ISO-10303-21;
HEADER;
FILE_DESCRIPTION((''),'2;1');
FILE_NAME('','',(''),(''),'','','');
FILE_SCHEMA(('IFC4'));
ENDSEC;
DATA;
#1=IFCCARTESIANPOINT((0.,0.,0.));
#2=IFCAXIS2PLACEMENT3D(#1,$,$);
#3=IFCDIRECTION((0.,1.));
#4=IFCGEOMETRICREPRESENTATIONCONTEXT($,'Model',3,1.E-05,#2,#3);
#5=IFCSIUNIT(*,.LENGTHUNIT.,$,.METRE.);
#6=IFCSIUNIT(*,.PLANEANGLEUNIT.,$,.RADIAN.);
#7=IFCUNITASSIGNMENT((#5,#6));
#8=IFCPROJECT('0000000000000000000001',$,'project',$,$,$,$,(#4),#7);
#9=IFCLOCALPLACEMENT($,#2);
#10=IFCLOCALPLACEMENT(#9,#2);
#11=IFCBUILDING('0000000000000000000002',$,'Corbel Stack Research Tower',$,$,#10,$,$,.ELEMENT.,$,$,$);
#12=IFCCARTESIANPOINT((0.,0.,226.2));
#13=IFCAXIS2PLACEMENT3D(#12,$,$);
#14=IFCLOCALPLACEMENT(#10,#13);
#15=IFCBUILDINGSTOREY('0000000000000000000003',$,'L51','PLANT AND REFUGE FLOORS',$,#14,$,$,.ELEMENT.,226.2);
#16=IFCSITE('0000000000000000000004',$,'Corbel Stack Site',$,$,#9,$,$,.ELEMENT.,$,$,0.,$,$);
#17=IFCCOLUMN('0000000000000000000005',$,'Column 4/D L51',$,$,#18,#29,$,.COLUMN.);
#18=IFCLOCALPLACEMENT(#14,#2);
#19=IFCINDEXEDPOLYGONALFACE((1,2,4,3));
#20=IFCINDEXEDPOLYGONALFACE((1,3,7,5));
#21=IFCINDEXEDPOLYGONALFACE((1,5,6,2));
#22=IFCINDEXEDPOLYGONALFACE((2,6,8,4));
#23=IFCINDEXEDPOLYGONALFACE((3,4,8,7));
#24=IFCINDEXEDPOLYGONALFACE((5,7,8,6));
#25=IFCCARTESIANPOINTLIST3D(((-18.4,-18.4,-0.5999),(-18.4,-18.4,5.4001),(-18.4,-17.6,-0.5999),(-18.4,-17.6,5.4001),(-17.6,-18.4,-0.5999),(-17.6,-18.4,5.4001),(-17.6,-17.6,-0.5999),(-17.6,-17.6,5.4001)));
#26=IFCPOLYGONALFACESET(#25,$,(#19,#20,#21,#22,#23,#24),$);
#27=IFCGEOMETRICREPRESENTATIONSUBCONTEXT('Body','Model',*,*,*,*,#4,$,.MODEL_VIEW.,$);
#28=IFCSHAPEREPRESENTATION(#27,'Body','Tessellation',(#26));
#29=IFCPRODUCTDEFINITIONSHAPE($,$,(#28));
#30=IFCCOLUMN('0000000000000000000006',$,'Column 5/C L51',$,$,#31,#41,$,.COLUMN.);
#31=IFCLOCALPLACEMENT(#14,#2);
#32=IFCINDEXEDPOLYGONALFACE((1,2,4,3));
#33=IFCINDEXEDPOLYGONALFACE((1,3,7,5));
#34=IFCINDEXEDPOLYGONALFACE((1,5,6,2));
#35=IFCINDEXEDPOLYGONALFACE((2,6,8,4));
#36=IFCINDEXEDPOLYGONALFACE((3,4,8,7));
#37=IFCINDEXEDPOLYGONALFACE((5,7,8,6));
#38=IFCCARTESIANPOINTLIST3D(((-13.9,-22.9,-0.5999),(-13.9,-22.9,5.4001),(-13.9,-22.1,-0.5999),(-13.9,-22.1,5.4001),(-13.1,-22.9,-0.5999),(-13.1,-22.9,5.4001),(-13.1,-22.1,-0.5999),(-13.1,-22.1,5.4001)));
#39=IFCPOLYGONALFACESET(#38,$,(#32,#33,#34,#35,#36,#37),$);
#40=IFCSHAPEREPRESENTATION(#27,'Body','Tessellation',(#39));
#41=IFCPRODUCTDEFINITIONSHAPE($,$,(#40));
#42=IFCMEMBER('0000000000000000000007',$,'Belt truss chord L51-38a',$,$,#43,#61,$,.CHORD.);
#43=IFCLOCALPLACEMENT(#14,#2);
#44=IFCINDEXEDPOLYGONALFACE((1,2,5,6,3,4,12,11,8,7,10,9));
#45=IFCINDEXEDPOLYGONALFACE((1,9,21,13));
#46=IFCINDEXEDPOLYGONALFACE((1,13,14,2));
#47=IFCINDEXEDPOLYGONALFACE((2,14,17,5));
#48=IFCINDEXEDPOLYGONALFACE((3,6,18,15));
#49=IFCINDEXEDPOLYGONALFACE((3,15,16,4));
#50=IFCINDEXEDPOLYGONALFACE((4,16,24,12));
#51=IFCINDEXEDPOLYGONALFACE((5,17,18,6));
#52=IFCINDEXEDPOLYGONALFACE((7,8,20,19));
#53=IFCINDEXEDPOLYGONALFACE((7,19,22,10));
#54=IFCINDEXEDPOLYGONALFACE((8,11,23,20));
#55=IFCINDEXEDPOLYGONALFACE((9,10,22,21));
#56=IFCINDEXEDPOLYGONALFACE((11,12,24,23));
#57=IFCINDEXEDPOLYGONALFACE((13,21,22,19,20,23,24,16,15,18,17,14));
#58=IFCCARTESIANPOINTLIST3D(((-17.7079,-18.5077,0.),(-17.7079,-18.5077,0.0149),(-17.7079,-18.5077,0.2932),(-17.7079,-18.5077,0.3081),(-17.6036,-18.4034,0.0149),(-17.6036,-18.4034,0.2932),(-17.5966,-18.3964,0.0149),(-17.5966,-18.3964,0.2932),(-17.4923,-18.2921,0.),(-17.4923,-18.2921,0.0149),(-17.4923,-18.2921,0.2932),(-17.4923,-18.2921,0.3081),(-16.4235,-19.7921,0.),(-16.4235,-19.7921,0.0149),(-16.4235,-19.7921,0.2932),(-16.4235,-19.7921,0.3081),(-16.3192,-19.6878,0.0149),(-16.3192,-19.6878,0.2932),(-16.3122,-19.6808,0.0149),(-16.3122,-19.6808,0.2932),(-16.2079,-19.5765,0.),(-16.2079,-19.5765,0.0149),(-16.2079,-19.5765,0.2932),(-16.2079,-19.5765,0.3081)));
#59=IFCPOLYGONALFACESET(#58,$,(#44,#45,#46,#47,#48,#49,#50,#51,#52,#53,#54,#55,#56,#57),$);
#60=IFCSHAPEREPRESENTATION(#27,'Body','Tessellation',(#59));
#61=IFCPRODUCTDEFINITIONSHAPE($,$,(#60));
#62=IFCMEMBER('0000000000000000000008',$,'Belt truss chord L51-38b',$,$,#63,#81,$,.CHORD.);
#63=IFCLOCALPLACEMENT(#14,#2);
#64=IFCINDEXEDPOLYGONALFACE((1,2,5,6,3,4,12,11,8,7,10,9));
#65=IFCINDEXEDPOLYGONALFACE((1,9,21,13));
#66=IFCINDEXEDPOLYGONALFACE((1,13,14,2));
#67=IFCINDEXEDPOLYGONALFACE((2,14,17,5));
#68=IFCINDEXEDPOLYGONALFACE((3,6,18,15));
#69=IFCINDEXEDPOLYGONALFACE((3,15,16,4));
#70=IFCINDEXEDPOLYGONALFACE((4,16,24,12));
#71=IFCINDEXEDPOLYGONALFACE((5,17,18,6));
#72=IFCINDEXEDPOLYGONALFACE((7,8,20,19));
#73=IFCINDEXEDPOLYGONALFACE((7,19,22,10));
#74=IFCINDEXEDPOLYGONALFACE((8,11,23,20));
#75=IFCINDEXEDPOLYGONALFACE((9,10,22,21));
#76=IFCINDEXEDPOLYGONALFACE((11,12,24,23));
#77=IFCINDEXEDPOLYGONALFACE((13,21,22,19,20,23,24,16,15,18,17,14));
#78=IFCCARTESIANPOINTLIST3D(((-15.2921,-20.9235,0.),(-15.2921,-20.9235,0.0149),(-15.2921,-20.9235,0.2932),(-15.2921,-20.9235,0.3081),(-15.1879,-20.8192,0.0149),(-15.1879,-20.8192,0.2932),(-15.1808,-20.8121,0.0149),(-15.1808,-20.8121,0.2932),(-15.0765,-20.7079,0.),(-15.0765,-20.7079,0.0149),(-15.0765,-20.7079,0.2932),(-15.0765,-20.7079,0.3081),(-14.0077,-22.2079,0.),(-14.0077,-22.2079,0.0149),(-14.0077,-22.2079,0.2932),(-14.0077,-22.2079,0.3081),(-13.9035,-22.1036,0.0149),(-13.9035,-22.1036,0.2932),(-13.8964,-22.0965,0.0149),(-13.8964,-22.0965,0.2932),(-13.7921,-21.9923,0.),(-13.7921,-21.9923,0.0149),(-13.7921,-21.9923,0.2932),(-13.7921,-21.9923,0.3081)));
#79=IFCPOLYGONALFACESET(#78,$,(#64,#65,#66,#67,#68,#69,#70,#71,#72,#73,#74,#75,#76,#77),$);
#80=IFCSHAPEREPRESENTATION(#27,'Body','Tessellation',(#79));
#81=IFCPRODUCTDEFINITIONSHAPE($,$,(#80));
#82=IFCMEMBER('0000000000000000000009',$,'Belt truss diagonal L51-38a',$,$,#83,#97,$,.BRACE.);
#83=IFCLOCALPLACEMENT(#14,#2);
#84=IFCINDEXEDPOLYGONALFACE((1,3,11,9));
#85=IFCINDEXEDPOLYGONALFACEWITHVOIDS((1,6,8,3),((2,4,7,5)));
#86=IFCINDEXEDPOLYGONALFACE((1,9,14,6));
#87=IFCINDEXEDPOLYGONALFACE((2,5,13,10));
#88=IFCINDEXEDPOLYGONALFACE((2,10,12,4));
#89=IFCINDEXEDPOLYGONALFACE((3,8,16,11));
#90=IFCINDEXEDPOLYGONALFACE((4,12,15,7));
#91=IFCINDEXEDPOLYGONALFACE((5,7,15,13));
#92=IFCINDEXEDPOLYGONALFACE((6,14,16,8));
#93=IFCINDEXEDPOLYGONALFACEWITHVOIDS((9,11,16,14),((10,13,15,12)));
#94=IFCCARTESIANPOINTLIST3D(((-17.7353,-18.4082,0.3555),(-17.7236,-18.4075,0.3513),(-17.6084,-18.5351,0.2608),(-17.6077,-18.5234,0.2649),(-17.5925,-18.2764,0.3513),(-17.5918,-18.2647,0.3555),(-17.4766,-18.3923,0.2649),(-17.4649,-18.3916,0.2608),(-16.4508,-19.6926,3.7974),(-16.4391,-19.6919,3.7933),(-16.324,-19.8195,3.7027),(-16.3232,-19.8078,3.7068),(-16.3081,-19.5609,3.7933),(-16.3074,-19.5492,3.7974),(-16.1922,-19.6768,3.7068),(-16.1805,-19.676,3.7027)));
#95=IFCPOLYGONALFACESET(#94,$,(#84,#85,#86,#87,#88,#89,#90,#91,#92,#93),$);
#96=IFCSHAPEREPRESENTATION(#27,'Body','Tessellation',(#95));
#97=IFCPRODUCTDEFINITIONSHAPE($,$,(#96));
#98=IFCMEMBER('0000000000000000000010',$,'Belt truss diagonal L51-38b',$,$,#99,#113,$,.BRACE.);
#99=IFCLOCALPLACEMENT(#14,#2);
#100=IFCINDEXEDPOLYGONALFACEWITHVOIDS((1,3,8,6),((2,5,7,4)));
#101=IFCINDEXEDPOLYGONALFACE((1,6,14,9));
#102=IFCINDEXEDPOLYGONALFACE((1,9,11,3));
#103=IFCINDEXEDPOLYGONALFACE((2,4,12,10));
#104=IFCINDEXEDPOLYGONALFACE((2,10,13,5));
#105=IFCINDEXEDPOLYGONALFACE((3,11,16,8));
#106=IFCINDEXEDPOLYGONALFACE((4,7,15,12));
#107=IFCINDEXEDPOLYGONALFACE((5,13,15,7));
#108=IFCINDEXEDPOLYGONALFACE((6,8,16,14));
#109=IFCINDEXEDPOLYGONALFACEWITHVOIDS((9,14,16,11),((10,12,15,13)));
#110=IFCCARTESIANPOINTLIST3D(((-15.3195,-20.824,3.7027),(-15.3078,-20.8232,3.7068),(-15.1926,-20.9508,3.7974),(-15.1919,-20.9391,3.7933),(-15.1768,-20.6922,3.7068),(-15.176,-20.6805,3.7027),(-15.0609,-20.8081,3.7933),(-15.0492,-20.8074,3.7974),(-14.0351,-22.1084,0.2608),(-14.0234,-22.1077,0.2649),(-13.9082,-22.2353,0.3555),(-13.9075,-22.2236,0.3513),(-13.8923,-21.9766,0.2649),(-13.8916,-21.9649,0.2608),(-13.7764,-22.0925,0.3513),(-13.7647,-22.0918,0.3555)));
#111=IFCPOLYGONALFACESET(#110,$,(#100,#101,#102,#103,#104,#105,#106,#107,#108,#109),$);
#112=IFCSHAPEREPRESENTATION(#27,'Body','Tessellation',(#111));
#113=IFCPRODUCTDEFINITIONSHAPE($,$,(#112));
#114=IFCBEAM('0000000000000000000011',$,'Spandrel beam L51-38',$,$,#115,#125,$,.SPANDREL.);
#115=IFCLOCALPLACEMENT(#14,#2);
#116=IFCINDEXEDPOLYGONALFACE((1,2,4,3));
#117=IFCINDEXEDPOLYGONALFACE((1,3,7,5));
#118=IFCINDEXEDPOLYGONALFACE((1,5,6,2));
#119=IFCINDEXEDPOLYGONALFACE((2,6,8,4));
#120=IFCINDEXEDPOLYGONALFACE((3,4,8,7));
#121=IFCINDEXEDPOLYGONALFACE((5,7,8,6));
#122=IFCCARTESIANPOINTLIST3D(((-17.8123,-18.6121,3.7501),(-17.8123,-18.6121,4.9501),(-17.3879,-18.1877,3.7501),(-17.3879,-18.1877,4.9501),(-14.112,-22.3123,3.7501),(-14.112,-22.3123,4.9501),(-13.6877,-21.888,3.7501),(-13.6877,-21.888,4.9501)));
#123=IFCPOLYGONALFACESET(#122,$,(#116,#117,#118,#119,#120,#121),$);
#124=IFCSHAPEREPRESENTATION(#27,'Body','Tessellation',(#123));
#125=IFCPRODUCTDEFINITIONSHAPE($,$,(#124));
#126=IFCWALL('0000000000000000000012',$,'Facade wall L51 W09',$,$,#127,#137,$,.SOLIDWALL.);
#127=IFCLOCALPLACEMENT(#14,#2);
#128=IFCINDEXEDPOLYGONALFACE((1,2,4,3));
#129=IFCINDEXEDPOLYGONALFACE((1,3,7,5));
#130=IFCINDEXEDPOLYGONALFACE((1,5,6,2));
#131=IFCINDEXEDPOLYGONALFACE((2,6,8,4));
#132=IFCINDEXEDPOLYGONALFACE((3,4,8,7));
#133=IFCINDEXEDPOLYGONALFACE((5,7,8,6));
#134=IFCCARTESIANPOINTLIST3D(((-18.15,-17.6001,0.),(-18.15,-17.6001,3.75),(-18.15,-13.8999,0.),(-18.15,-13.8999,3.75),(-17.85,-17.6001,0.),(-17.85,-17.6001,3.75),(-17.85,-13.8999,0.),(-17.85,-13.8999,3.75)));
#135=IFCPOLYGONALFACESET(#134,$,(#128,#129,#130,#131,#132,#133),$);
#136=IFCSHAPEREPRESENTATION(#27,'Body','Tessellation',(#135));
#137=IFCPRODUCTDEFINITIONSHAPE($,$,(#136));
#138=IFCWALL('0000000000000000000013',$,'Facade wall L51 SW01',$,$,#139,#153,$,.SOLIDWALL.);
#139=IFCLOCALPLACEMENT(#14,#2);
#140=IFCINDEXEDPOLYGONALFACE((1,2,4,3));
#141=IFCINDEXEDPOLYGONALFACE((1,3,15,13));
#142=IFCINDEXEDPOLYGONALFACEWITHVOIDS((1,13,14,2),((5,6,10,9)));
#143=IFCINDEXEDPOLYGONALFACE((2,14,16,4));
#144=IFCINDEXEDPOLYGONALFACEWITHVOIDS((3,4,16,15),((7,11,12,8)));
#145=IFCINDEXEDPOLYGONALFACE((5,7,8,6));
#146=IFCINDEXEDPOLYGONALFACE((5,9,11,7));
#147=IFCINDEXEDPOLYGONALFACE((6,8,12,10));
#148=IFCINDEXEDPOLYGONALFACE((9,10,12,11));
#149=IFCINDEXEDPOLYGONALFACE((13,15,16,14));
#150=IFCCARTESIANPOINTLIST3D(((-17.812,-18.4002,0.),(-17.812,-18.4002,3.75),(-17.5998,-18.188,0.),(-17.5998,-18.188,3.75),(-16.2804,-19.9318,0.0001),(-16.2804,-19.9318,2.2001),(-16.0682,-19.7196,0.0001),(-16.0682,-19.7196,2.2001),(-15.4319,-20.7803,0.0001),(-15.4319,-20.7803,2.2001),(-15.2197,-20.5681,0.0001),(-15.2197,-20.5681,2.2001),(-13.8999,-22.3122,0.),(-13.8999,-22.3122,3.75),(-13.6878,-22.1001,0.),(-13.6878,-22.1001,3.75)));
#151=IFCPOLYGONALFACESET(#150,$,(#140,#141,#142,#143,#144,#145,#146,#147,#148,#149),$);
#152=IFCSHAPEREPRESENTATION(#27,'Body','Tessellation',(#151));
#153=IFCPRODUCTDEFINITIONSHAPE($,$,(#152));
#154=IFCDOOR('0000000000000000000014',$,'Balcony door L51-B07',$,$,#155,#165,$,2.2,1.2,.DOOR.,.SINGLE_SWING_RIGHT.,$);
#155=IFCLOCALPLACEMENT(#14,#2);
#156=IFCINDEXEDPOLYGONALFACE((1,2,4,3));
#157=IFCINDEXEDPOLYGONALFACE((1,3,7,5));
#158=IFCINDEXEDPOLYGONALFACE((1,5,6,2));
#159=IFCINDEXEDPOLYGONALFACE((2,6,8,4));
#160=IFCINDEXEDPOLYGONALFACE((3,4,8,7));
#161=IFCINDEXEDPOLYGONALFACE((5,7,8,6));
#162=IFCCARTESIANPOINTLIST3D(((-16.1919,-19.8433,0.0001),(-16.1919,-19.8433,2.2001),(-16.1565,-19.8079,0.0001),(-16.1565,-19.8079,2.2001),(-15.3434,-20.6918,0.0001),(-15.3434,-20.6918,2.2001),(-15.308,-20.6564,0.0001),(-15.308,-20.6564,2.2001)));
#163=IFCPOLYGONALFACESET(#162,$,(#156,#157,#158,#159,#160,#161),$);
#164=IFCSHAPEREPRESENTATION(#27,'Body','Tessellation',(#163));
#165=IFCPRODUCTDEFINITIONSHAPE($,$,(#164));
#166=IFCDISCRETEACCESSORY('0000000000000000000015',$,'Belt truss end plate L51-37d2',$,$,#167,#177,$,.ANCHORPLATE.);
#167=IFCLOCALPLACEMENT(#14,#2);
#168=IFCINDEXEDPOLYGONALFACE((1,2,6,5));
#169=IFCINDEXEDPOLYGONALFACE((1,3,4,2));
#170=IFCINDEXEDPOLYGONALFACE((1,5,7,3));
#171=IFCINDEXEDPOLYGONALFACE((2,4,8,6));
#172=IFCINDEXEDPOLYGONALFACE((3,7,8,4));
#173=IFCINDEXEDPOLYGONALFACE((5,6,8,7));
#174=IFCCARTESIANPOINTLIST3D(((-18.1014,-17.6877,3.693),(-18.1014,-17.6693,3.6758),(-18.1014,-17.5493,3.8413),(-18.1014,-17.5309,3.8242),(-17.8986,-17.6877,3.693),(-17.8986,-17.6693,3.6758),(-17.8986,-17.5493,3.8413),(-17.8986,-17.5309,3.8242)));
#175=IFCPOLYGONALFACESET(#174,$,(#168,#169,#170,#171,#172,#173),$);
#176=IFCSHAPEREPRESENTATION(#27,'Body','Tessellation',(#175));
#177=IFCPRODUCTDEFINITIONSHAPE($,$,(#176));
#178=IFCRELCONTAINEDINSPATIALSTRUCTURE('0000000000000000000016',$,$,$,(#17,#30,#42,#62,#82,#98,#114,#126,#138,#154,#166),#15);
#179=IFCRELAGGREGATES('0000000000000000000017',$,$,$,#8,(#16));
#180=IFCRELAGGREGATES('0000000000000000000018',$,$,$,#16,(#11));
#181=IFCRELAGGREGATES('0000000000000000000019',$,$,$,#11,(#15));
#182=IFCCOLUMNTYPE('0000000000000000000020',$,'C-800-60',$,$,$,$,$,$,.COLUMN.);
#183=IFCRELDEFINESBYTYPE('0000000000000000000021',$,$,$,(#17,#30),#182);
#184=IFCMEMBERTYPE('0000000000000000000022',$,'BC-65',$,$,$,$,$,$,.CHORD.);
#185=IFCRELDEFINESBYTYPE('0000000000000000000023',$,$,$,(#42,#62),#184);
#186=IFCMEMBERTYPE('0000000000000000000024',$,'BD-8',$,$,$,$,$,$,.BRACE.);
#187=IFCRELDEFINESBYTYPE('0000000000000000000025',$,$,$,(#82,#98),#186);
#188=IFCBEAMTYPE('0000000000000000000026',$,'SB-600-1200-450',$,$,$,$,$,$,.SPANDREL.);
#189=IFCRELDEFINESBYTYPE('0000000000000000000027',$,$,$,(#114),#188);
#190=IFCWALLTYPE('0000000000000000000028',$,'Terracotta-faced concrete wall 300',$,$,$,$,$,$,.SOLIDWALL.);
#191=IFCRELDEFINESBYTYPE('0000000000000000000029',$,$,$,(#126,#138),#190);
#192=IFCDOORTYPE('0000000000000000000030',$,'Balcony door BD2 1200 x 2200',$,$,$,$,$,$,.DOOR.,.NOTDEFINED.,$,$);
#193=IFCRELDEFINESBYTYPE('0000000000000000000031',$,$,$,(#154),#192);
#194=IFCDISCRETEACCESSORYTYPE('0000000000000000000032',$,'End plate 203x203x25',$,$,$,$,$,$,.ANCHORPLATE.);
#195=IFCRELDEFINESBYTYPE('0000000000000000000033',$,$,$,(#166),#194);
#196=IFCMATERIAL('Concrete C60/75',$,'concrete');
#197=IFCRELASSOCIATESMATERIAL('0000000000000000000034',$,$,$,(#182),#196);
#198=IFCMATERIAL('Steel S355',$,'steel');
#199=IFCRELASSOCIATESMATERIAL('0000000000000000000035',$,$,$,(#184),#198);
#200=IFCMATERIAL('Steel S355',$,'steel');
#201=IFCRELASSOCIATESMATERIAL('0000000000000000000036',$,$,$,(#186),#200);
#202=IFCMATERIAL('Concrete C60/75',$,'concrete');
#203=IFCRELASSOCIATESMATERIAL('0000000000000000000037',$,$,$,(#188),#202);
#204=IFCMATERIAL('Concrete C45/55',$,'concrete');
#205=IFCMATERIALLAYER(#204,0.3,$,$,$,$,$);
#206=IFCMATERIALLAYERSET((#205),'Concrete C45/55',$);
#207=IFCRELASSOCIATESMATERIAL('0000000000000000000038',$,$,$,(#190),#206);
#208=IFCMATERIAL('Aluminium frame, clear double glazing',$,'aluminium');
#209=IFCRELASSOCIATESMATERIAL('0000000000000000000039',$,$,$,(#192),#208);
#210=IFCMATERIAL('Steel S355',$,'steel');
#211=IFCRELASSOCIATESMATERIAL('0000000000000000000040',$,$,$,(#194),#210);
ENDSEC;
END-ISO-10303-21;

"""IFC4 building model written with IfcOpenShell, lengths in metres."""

from ifc_helpers import new_model, si_unit, direction, frame, frame_2d, origin, origin_2d, place, context, subcontext, project, spatial, rectangle, hollow_rectangle, i_section, extrude, material, layer, layer_set, material_profile, profile_set, type_object, element, fill, save


model = new_model("IFC4")

# Units and contexts
model_context = context("Model", 3, precision=1e-05, world=origin(), true_north=direction((0.0, 1.0)))
body_context = subcontext(model_context, "Body", "Model", "MODEL_VIEW")
ifc_project = project(units=[si_unit("LENGTHUNIT", "METRE"), si_unit("PLANEANGLEUNIT", "RADIAN")], contexts=[model_context])

# Site, building, storey
site_placement = place(None, origin())
site = spatial("IfcSite", under=ifc_project, at=site_placement, Name="Corbel Stack Site", CompositionType="ELEMENT", RefElevation=0.0)
building_placement = place(site_placement, origin())
building = spatial("IfcBuilding", under=site, at=building_placement, Name="Corbel Stack Research Tower", CompositionType="ELEMENT")
storey_placement = place(building_placement, frame((0.0, 0.0, 226.2)))
storey = spatial("IfcBuildingStorey", under=building, at=storey_placement, Name="L51", Description="PLANT AND REFUGE FLOORS", CompositionType="ELEMENT", Elevation=226.2)

# Columns
ifc_material_1 = material(Name="Concrete C60/75", Category="concrete")
ifc_material_profile_1 = material_profile(ifc_material_1, rectangle(XDim=0.8, YDim=0.8, at=origin_2d()), Name="RC 800 x 800")
ifc_profile_set_1 = profile_set([ifc_material_profile_1], Name="Concrete C60/75")
column_type = type_object("IfcColumnType", Name="C-800-60", PredefinedType="COLUMN", material=ifc_profile_set_1)
for number, where, z_axis, x_axis, name in (
    (1, (-18.0, -18.0, -0.5999), (0.0, 0.0, 1.0), (1.0, 0.0, 0.0), "Column 4/D L51"),
    (2, (-13.5, -22.5, -0.5999), (0.0, 0.0, 1.0), (1.0, 0.0, 0.0), "Column 5/C L51"),
):
    element("IfcColumn", number, at=place(storey_placement, frame(where, z_axis=z_axis, x_axis=x_axis)), inside=storey, type_object=column_type, Name=name, PredefinedType="COLUMN", context=body_context, shape_type="SweptSolid", body=[
        extrude(rectangle(XDim=0.8, YDim=0.8, at=origin_2d()), origin(), (0.0, 0.0, 1.0), 6.0),
    ])

# Members
ifc_material_2 = material(Name="Steel S355", Category="steel")
ifc_material_profile_2 = material_profile(ifc_material_2, i_section(OverallWidth=0.3049, OverallDepth=0.3081, WebThickness=0.01, FlangeThickness=0.0149, at=origin_2d()), Name="W12x65")
ifc_profile_set_2 = profile_set([ifc_material_profile_2], Name="Steel S355")
member_type_1 = type_object("IfcMemberType", Name="BC-65", PredefinedType="CHORD", material=ifc_profile_set_2)
for number, where, z_axis, x_axis, name in (
    (3, (-17.6001, -18.3999, 0.1541), (0.707107, -0.707107, 0.0), (0.707107, 0.707107, 0.0), "Belt truss chord L51-38a"),
    (4, (-15.1843, -20.8157, 0.1541), (0.707107, -0.707107, 0.0), (0.707107, 0.707107, 0.0), "Belt truss chord L51-38b"),
):
    element("IfcMember", number, at=place(storey_placement, frame(where, z_axis=z_axis, x_axis=x_axis)), inside=storey, type_object=member_type_1, Name=name, PredefinedType="CHORD", context=body_context, shape_type="SweptSolid", body=[
        extrude(i_section(OverallWidth=0.3049, OverallDepth=0.3081, WebThickness=0.01, FlangeThickness=0.0149, at=origin_2d()), origin(), (0.0, 0.0, 1.0), 1.8164),
    ])
ifc_material_3 = material(Name="Steel S355", Category="steel")
ifc_material_profile_3 = material_profile(ifc_material_3, hollow_rectangle(XDim=0.2029, YDim=0.2029, WallThickness=0.0088, at=origin_2d()), Name="HSS8x8x3/8")
ifc_profile_set_3 = profile_set([ifc_material_profile_3], Name="Steel S355")
member_type_2 = type_object("IfcMemberType", Name="BD-8", PredefinedType="BRACE", material=ifc_profile_set_3)
for number, where, z_axis, x_axis, name in (
    (5, (-17.6001, -18.3999, 0.3081), (0.330033, -0.330033, 0.884396), (0.707107, 0.707107, 0.0), "Belt truss diagonal L51-38a"),
    (6, (-13.8999, -22.1001, 0.3081), (-0.330033, 0.330033, 0.884396), (-0.707107, -0.707107, 0.0), "Belt truss diagonal L51-38b"),
):
    element("IfcMember", number, at=place(storey_placement, frame(where, z_axis=z_axis, x_axis=x_axis)), inside=storey, type_object=member_type_2, Name=name, PredefinedType="BRACE", context=body_context, shape_type="SweptSolid", body=[
        extrude(hollow_rectangle(XDim=0.2029, YDim=0.2029, WallThickness=0.0088, at=origin_2d()), origin(), (0.0, 0.0, 1.0), 3.8918),
    ])

# Beam
ifc_material_4 = material(Name="Concrete C60/75", Category="concrete")
ifc_material_profile_4 = material_profile(ifc_material_4, rectangle(XDim=0.6001, YDim=1.2, at=origin_2d()), Name="RC 600 x 1200")
ifc_profile_set_4 = profile_set([ifc_material_profile_4], Name="Concrete C60/75")
beam_type = type_object("IfcBeamType", Name="SB-600-1200-450", PredefinedType="SPANDREL", material=ifc_profile_set_4)
beam_placement = place(storey_placement, frame((-17.6001, -18.3999, 4.3501), z_axis=(0.707107, -0.707107, 0.0), x_axis=(0.707107, 0.707107, 0.0)))
element("IfcBeam", 7, at=beam_placement, inside=storey, type_object=beam_type, Name="Spandrel beam L51-38", PredefinedType="SPANDREL", context=body_context, shape_type="SweptSolid", body=[
    extrude(rectangle(XDim=0.6001, YDim=1.2, at=origin_2d()), origin(), (0.0, 0.0, 1.0), 5.2329),
])

# Wall
ifc_material_5 = material(Name="Concrete C45/55", Category="concrete")
ifc_layer = layer(ifc_material_5, 0.3)
ifc_layer_set = layer_set([ifc_layer], Name="Concrete C45/55")
wall_type = type_object("IfcWallType", Name="Terracotta-faced concrete wall 300", PredefinedType="SOLIDWALL", material=ifc_layer_set)
wall_1_placement = place(storey_placement, frame((-18.0, -17.6001, 0.0), z_axis=(0.0, 0.0, 1.0), x_axis=(0.0, 1.0, 0.0)))
element("IfcWall", 8, at=wall_1_placement, inside=storey, type_object=wall_type, Name="Facade wall L51 W09", PredefinedType="SOLIDWALL", context=body_context, shape_type="SweptSolid", body=[
    extrude(rectangle(XDim=3.7002, YDim=0.3, at=frame_2d((1.8501, 0.0))), origin(), (0.0, 0.0, 1.0), 3.75),
])

# Wall, opening, door
wall_2_placement = place(storey_placement, frame((-13.7939, -22.2061, 0.0), z_axis=(0.0, 0.0, 1.0), x_axis=(-0.707107, 0.707107, 0.0)))
wall_2 = element("IfcWall", 9, at=wall_2_placement, inside=storey, type_object=wall_type, Name="Facade wall L51 SW01", PredefinedType="SOLIDWALL", context=body_context, shape_type="SweptSolid", body=[
    extrude(rectangle(XDim=5.5325, YDim=0.3, at=frame_2d((2.7661, 0.0))), origin(), (0.0, 0.0, 1.0), 3.75),
])
opening_placement = place(wall_2_placement, frame((2.1663, 0.0, 0.0)))
opening = element("IfcOpeningElement", 10, at=opening_placement, cuts=wall_2, PredefinedType="OPENING", context=body_context, shape_type="SweptSolid", body=[
    extrude(rectangle(XDim=1.2, YDim=2.2, at=frame_2d((0.6001, 1.1001))), frame((0.0, 0.1599, 0.0), z_axis=(0.0, -1.0, 0.0), x_axis=(1.0, 0.0, 0.0)), (0.0, 0.0, 1.0), 0.3201),
])
ifc_material_6 = material(Name="Aluminium frame, clear double glazing", Category="aluminium")
door_type = type_object("IfcDoorType", Name="Balcony door BD2 1200 x 2200", OperationType="NOTDEFINED", PredefinedType="DOOR", material=ifc_material_6)
door_placement = place(opening_placement, origin())
door = element("IfcDoor", 11, at=door_placement, inside=storey, type_object=door_type, Name="Balcony door L51-B07", OperationType="SINGLE_SWING_RIGHT", OverallHeight=2.2, OverallWidth=1.2, PredefinedType="DOOR", context=body_context, shape_type="SweptSolid", body=[
    extrude(rectangle(XDim=1.2, YDim=2.2, at=frame_2d((0.6001, 1.1001))), frame((0.0, 0.0249, 0.0), z_axis=(0.0, -1.0, 0.0), x_axis=(1.0, 0.0, 0.0)), (0.0, 0.0, 1.0), 0.05),
])
fill(opening, door)

# Discrete accessory
ifc_material_7 = material(Name="Steel S355", Category="steel")
ifc_material_profile_5 = material_profile(ifc_material_7, rectangle(XDim=0.2029, YDim=0.2029, at=origin_2d()), Name="End plate 203x203x25")
ifc_profile_set_5 = profile_set([ifc_material_profile_5], Name="Steel S355")
discrete_accessory_type_1 = type_object("IfcDiscreteAccessoryType", Name="End plate 203x203x25", PredefinedType="ANCHORPLATE", material=ifc_profile_set_5)
for number, where, z_axis, x_axis, name in (
    (12, (-18.0, -17.6001, 3.75), (0.0, -0.731055, 0.682318), (1.0, 0.0, 0.0), "Belt truss end plate L51-37d2"),
):
    element("IfcDiscreteAccessory", number, at=place(storey_placement, frame(where, z_axis=z_axis, x_axis=x_axis)), inside=storey, type_object=discrete_accessory_type_1, Name=name, PredefinedType="ANCHORPLATE", context=body_context, shape_type="SweptSolid", body=[
        extrude(rectangle(XDim=0.2029, YDim=0.2029, at=origin_2d()), origin(), (0.0, 0.0, 1.0), 0.0251),
    ])

save(model, "model.ifc")
